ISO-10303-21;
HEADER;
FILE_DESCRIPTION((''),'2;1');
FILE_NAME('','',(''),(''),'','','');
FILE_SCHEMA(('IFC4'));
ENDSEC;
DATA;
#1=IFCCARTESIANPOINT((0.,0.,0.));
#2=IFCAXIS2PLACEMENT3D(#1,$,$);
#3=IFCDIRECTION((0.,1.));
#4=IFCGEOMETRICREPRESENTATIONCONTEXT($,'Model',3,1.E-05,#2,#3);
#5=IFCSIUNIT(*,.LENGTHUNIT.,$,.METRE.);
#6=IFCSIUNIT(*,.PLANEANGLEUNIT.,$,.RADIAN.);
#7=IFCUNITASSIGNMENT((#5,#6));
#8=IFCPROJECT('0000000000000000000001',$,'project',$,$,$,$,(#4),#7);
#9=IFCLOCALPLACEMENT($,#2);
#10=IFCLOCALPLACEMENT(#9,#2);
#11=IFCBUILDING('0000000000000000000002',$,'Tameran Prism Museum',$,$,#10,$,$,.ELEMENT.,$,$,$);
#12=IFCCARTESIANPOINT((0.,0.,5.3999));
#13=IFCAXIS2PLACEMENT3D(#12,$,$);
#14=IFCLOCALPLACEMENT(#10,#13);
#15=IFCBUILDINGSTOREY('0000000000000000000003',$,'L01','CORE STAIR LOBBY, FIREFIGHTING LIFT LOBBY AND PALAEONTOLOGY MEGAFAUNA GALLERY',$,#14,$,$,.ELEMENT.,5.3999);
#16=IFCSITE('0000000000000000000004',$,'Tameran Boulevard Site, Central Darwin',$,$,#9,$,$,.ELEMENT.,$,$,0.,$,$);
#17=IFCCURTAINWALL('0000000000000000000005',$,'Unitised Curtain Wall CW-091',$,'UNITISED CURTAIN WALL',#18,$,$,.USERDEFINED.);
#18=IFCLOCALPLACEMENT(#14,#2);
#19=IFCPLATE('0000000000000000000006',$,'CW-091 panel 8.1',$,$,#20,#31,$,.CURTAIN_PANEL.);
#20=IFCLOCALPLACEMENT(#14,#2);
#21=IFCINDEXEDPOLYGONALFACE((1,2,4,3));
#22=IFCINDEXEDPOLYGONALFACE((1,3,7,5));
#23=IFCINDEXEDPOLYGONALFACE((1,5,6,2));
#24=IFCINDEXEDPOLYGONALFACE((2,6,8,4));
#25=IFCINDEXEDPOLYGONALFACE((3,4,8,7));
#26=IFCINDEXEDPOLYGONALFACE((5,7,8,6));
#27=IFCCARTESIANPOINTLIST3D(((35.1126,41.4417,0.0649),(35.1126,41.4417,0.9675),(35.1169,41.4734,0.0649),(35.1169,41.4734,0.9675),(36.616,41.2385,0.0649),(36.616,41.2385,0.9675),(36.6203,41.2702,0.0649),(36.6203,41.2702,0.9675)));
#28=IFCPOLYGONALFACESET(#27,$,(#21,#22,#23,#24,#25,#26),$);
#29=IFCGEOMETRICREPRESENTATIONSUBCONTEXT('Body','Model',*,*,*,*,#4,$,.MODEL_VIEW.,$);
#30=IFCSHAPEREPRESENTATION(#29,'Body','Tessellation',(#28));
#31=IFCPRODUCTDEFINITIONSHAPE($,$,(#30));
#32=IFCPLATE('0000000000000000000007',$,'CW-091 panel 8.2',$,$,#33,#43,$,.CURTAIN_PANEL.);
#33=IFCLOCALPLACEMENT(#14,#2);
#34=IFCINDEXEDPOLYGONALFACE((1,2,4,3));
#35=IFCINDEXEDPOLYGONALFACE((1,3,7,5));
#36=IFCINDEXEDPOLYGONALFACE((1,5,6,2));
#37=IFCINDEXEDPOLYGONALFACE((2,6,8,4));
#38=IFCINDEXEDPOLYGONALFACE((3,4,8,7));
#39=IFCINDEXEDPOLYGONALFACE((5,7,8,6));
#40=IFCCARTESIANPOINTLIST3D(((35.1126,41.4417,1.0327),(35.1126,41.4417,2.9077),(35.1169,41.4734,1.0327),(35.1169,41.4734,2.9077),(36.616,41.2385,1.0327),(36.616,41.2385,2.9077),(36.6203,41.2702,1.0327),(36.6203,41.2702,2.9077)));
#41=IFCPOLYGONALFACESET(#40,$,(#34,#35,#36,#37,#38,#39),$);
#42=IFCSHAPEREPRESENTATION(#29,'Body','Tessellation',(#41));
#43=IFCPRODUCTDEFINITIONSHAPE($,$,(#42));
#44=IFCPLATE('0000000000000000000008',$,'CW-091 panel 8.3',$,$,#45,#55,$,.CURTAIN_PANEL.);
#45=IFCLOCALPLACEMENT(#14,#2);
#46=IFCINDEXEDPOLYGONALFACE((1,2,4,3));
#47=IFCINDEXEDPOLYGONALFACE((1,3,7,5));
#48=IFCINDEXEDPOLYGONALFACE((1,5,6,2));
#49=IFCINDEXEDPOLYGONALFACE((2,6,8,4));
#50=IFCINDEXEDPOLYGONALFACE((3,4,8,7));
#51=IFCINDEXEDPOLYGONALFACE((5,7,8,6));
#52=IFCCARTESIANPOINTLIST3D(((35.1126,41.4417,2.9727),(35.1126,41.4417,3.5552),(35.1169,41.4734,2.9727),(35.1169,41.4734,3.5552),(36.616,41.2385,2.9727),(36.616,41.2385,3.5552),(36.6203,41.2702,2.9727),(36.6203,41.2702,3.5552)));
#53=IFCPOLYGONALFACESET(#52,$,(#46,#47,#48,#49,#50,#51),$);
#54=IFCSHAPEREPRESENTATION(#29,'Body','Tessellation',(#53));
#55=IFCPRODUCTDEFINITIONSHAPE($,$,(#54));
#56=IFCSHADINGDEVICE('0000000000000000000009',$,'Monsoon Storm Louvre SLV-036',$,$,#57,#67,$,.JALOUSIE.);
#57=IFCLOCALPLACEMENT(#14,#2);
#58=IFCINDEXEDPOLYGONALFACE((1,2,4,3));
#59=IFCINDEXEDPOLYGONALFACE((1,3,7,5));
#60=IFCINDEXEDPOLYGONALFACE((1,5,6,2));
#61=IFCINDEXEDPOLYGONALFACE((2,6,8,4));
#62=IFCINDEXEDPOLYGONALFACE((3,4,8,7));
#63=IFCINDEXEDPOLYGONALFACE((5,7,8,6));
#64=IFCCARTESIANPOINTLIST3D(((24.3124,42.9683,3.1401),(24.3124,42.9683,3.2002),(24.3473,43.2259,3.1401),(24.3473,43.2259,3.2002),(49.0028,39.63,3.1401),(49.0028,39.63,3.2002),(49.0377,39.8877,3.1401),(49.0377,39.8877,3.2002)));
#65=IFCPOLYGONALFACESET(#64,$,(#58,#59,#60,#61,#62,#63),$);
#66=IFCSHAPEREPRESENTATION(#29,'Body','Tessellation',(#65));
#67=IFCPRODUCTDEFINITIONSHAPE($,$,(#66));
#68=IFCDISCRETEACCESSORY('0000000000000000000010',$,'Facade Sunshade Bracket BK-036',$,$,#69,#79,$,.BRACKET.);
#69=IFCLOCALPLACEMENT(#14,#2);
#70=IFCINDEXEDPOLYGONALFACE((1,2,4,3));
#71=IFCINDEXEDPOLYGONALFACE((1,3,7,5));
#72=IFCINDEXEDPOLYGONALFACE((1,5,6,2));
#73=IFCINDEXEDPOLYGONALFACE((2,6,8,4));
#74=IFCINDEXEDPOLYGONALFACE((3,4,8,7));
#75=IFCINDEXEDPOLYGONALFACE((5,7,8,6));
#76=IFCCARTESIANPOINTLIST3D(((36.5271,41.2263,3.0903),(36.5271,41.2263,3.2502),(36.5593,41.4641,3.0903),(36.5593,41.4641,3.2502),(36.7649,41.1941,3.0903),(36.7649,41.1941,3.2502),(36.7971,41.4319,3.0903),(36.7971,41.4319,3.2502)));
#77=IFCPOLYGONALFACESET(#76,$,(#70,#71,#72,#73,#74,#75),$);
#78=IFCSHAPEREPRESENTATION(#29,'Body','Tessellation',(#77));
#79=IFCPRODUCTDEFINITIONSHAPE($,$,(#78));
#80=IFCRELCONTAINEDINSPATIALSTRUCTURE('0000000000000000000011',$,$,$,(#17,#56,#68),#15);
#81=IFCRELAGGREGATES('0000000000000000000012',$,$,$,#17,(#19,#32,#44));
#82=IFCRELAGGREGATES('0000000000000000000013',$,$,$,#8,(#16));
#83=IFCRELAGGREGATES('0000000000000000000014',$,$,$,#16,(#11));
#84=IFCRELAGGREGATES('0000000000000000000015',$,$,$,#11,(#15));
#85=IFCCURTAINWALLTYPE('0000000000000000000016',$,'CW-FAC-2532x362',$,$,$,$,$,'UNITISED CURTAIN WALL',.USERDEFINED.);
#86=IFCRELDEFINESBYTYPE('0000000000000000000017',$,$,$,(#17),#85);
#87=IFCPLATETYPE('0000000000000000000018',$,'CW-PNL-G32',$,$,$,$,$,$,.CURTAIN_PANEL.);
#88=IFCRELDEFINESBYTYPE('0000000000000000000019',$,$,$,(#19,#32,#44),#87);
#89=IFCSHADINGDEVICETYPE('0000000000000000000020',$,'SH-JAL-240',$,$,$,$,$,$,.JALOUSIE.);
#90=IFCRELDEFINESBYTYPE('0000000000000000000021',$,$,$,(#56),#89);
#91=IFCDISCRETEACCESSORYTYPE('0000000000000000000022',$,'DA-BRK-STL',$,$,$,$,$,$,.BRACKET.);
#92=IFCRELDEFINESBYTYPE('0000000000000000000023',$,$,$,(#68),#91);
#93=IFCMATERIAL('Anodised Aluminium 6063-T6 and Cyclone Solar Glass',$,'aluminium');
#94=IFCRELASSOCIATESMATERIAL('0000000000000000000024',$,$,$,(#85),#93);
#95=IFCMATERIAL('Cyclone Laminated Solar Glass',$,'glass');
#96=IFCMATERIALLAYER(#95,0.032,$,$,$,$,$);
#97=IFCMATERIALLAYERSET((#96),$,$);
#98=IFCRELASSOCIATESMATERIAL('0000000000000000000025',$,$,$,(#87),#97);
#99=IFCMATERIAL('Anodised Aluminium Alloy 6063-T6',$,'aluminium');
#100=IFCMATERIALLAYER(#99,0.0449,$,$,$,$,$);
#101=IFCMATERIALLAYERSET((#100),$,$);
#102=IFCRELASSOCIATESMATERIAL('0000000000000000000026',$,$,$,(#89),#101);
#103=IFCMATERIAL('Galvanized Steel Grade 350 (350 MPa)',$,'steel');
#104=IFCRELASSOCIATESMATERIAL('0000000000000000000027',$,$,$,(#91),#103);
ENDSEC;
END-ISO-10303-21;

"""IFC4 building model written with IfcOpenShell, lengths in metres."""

from ifc_helpers import new_model, si_unit, direction, frame, origin, origin_2d, place, context, subcontext, project, spatial, rectangle, extrude, material, layer, layer_set, type_object, element, aggregate, save


model = new_model("IFC4")

# Units and contexts
model_context = context("Model", 3, precision=1e-05, world=origin(), true_north=direction((0.0, 1.0)))
body_context = subcontext(model_context, "Body", "Model", "MODEL_VIEW")
ifc_project = project(units=[si_unit("LENGTHUNIT", "METRE"), si_unit("PLANEANGLEUNIT", "RADIAN")], contexts=[model_context])

# Site, building, storey
site_placement = place(None, origin())
site = spatial("IfcSite", under=ifc_project, at=site_placement, Name="Tameran Boulevard Site, Central Darwin", CompositionType="ELEMENT", RefElevation=0.0)
building_placement = place(site_placement, origin())
building = spatial("IfcBuilding", under=site, at=building_placement, Name="Tameran Prism Museum", CompositionType="ELEMENT")
storey_placement = place(building_placement, frame((0.0, 0.0, 5.3999)))
storey = spatial("IfcBuildingStorey", under=building, at=storey_placement, Name="L01", Description="CORE STAIR LOBBY, FIREFIGHTING LIFT LOBBY AND PALAEONTOLOGY MEGAFAUNA GALLERY", CompositionType="ELEMENT", Elevation=5.3999)

# Curtain wall, plates
ifc_material_1 = material(Name="Anodised Aluminium 6063-T6 and Cyclone Solar Glass", Category="aluminium")
curtain_wall_type = type_object("IfcCurtainWallType", Name="CW-FAC-2532x362", ElementType="UNITISED CURTAIN WALL", PredefinedType="USERDEFINED", material=ifc_material_1)
curtain_wall_placement = place(storey_placement, origin())
curtain_wall = element("IfcCurtainWall", 1, at=curtain_wall_placement, inside=storey, type_object=curtain_wall_type, Name="Unitised Curtain Wall CW-091", ObjectType="UNITISED CURTAIN WALL", PredefinedType="USERDEFINED")
ifc_material_2 = material(Name="Cyclone Laminated Solar Glass", Category="glass")
ifc_layer_1 = layer(ifc_material_2, 0.032)
ifc_layer_set_1 = layer_set([ifc_layer_1])
plate_type = type_object("IfcPlateType", Name="CW-PNL-G32", PredefinedType="CURTAIN_PANEL", material=ifc_layer_set_1)
plate_1_placement = place(storey_placement, frame((35.8665, 41.356, 0.0649), z_axis=(0.0, 0.0, 1.0), x_axis=(0.990993, -0.133913, 0.0)))
plate_1 = element("IfcPlate", 2, at=plate_1_placement, type_object=plate_type, Name="CW-091 panel 8.1", PredefinedType="CURTAIN_PANEL", context=body_context, shape_type="SweptSolid", body=[
    extrude(rectangle(XDim=1.5171, YDim=0.032, at=origin_2d()), origin(), (0.0, 0.0, 1.0), 0.9026),
])
plate_2_placement = place(storey_placement, frame((35.8665, 41.356, 1.0327), z_axis=(0.0, 0.0, 1.0), x_axis=(0.990993, -0.133913, 0.0)))
plate_2 = element("IfcPlate", 3, at=plate_2_placement, type_object=plate_type, Name="CW-091 panel 8.2", PredefinedType="CURTAIN_PANEL", context=body_context, shape_type="SweptSolid", body=[
    extrude(rectangle(XDim=1.5171, YDim=0.032, at=origin_2d()), origin(), (0.0, 0.0, 1.0), 1.875),
])
plate_3_placement = place(storey_placement, frame((35.8665, 41.356, 2.9727), z_axis=(0.0, 0.0, 1.0), x_axis=(0.990993, -0.133913, 0.0)))
plate_3 = element("IfcPlate", 4, at=plate_3_placement, type_object=plate_type, Name="CW-091 panel 8.3", PredefinedType="CURTAIN_PANEL", context=body_context, shape_type="SweptSolid", body=[
    extrude(rectangle(XDim=1.5171, YDim=0.032, at=origin_2d()), origin(), (0.0, 0.0, 1.0), 0.5825),
])
aggregate(curtain_wall, [plate_1, plate_2, plate_3])

# Shading device
ifc_material_3 = material(Name="Anodised Aluminium Alloy 6063-T6", Category="aluminium")
ifc_layer_2 = layer(ifc_material_3, 0.0449)
ifc_layer_set_2 = layer_set([ifc_layer_2])
shading_device_type = type_object("IfcShadingDeviceType", Name="SH-JAL-240", PredefinedType="JALOUSIE", material=ifc_layer_set_2)
shading_device_placement = place(storey_placement, frame((36.675, 41.428, 3.1401), z_axis=(0.0, 0.0, 1.0), x_axis=(0.990983, -0.133986, 0.0)))
element("IfcShadingDevice", 5, at=shading_device_placement, inside=storey, type_object=shading_device_type, Name="Monsoon Storm Louvre SLV-036", PredefinedType="JALOUSIE", context=body_context, shape_type="SweptSolid", body=[
    extrude(rectangle(XDim=24.915, YDim=0.26, at=origin_2d()), origin(), (0.0, 0.0, 1.0), 0.0601),
])

# Discrete accessory
ifc_material_4 = material(Name="Galvanized Steel Grade 350 (350 MPa)", Category="steel")
discrete_accessory_type = type_object("IfcDiscreteAccessoryType", Name="DA-BRK-STL", PredefinedType="BRACKET", material=ifc_material_4)
discrete_accessory_placement = place(storey_placement, frame((36.6621, 41.3291, 3.0903), z_axis=(0.0, 0.0, 1.0), x_axis=(0.990983, -0.133986, 0.0)))
element("IfcDiscreteAccessory", 6, at=discrete_accessory_placement, inside=storey, type_object=discrete_accessory_type, Name="Facade Sunshade Bracket BK-036", PredefinedType="BRACKET", context=body_context, shape_type="SweptSolid", body=[
    extrude(rectangle(XDim=0.24, YDim=0.24, at=origin_2d()), origin(), (0.0, 0.0, 1.0), 0.1599),
])

save(model, "model.ifc")
